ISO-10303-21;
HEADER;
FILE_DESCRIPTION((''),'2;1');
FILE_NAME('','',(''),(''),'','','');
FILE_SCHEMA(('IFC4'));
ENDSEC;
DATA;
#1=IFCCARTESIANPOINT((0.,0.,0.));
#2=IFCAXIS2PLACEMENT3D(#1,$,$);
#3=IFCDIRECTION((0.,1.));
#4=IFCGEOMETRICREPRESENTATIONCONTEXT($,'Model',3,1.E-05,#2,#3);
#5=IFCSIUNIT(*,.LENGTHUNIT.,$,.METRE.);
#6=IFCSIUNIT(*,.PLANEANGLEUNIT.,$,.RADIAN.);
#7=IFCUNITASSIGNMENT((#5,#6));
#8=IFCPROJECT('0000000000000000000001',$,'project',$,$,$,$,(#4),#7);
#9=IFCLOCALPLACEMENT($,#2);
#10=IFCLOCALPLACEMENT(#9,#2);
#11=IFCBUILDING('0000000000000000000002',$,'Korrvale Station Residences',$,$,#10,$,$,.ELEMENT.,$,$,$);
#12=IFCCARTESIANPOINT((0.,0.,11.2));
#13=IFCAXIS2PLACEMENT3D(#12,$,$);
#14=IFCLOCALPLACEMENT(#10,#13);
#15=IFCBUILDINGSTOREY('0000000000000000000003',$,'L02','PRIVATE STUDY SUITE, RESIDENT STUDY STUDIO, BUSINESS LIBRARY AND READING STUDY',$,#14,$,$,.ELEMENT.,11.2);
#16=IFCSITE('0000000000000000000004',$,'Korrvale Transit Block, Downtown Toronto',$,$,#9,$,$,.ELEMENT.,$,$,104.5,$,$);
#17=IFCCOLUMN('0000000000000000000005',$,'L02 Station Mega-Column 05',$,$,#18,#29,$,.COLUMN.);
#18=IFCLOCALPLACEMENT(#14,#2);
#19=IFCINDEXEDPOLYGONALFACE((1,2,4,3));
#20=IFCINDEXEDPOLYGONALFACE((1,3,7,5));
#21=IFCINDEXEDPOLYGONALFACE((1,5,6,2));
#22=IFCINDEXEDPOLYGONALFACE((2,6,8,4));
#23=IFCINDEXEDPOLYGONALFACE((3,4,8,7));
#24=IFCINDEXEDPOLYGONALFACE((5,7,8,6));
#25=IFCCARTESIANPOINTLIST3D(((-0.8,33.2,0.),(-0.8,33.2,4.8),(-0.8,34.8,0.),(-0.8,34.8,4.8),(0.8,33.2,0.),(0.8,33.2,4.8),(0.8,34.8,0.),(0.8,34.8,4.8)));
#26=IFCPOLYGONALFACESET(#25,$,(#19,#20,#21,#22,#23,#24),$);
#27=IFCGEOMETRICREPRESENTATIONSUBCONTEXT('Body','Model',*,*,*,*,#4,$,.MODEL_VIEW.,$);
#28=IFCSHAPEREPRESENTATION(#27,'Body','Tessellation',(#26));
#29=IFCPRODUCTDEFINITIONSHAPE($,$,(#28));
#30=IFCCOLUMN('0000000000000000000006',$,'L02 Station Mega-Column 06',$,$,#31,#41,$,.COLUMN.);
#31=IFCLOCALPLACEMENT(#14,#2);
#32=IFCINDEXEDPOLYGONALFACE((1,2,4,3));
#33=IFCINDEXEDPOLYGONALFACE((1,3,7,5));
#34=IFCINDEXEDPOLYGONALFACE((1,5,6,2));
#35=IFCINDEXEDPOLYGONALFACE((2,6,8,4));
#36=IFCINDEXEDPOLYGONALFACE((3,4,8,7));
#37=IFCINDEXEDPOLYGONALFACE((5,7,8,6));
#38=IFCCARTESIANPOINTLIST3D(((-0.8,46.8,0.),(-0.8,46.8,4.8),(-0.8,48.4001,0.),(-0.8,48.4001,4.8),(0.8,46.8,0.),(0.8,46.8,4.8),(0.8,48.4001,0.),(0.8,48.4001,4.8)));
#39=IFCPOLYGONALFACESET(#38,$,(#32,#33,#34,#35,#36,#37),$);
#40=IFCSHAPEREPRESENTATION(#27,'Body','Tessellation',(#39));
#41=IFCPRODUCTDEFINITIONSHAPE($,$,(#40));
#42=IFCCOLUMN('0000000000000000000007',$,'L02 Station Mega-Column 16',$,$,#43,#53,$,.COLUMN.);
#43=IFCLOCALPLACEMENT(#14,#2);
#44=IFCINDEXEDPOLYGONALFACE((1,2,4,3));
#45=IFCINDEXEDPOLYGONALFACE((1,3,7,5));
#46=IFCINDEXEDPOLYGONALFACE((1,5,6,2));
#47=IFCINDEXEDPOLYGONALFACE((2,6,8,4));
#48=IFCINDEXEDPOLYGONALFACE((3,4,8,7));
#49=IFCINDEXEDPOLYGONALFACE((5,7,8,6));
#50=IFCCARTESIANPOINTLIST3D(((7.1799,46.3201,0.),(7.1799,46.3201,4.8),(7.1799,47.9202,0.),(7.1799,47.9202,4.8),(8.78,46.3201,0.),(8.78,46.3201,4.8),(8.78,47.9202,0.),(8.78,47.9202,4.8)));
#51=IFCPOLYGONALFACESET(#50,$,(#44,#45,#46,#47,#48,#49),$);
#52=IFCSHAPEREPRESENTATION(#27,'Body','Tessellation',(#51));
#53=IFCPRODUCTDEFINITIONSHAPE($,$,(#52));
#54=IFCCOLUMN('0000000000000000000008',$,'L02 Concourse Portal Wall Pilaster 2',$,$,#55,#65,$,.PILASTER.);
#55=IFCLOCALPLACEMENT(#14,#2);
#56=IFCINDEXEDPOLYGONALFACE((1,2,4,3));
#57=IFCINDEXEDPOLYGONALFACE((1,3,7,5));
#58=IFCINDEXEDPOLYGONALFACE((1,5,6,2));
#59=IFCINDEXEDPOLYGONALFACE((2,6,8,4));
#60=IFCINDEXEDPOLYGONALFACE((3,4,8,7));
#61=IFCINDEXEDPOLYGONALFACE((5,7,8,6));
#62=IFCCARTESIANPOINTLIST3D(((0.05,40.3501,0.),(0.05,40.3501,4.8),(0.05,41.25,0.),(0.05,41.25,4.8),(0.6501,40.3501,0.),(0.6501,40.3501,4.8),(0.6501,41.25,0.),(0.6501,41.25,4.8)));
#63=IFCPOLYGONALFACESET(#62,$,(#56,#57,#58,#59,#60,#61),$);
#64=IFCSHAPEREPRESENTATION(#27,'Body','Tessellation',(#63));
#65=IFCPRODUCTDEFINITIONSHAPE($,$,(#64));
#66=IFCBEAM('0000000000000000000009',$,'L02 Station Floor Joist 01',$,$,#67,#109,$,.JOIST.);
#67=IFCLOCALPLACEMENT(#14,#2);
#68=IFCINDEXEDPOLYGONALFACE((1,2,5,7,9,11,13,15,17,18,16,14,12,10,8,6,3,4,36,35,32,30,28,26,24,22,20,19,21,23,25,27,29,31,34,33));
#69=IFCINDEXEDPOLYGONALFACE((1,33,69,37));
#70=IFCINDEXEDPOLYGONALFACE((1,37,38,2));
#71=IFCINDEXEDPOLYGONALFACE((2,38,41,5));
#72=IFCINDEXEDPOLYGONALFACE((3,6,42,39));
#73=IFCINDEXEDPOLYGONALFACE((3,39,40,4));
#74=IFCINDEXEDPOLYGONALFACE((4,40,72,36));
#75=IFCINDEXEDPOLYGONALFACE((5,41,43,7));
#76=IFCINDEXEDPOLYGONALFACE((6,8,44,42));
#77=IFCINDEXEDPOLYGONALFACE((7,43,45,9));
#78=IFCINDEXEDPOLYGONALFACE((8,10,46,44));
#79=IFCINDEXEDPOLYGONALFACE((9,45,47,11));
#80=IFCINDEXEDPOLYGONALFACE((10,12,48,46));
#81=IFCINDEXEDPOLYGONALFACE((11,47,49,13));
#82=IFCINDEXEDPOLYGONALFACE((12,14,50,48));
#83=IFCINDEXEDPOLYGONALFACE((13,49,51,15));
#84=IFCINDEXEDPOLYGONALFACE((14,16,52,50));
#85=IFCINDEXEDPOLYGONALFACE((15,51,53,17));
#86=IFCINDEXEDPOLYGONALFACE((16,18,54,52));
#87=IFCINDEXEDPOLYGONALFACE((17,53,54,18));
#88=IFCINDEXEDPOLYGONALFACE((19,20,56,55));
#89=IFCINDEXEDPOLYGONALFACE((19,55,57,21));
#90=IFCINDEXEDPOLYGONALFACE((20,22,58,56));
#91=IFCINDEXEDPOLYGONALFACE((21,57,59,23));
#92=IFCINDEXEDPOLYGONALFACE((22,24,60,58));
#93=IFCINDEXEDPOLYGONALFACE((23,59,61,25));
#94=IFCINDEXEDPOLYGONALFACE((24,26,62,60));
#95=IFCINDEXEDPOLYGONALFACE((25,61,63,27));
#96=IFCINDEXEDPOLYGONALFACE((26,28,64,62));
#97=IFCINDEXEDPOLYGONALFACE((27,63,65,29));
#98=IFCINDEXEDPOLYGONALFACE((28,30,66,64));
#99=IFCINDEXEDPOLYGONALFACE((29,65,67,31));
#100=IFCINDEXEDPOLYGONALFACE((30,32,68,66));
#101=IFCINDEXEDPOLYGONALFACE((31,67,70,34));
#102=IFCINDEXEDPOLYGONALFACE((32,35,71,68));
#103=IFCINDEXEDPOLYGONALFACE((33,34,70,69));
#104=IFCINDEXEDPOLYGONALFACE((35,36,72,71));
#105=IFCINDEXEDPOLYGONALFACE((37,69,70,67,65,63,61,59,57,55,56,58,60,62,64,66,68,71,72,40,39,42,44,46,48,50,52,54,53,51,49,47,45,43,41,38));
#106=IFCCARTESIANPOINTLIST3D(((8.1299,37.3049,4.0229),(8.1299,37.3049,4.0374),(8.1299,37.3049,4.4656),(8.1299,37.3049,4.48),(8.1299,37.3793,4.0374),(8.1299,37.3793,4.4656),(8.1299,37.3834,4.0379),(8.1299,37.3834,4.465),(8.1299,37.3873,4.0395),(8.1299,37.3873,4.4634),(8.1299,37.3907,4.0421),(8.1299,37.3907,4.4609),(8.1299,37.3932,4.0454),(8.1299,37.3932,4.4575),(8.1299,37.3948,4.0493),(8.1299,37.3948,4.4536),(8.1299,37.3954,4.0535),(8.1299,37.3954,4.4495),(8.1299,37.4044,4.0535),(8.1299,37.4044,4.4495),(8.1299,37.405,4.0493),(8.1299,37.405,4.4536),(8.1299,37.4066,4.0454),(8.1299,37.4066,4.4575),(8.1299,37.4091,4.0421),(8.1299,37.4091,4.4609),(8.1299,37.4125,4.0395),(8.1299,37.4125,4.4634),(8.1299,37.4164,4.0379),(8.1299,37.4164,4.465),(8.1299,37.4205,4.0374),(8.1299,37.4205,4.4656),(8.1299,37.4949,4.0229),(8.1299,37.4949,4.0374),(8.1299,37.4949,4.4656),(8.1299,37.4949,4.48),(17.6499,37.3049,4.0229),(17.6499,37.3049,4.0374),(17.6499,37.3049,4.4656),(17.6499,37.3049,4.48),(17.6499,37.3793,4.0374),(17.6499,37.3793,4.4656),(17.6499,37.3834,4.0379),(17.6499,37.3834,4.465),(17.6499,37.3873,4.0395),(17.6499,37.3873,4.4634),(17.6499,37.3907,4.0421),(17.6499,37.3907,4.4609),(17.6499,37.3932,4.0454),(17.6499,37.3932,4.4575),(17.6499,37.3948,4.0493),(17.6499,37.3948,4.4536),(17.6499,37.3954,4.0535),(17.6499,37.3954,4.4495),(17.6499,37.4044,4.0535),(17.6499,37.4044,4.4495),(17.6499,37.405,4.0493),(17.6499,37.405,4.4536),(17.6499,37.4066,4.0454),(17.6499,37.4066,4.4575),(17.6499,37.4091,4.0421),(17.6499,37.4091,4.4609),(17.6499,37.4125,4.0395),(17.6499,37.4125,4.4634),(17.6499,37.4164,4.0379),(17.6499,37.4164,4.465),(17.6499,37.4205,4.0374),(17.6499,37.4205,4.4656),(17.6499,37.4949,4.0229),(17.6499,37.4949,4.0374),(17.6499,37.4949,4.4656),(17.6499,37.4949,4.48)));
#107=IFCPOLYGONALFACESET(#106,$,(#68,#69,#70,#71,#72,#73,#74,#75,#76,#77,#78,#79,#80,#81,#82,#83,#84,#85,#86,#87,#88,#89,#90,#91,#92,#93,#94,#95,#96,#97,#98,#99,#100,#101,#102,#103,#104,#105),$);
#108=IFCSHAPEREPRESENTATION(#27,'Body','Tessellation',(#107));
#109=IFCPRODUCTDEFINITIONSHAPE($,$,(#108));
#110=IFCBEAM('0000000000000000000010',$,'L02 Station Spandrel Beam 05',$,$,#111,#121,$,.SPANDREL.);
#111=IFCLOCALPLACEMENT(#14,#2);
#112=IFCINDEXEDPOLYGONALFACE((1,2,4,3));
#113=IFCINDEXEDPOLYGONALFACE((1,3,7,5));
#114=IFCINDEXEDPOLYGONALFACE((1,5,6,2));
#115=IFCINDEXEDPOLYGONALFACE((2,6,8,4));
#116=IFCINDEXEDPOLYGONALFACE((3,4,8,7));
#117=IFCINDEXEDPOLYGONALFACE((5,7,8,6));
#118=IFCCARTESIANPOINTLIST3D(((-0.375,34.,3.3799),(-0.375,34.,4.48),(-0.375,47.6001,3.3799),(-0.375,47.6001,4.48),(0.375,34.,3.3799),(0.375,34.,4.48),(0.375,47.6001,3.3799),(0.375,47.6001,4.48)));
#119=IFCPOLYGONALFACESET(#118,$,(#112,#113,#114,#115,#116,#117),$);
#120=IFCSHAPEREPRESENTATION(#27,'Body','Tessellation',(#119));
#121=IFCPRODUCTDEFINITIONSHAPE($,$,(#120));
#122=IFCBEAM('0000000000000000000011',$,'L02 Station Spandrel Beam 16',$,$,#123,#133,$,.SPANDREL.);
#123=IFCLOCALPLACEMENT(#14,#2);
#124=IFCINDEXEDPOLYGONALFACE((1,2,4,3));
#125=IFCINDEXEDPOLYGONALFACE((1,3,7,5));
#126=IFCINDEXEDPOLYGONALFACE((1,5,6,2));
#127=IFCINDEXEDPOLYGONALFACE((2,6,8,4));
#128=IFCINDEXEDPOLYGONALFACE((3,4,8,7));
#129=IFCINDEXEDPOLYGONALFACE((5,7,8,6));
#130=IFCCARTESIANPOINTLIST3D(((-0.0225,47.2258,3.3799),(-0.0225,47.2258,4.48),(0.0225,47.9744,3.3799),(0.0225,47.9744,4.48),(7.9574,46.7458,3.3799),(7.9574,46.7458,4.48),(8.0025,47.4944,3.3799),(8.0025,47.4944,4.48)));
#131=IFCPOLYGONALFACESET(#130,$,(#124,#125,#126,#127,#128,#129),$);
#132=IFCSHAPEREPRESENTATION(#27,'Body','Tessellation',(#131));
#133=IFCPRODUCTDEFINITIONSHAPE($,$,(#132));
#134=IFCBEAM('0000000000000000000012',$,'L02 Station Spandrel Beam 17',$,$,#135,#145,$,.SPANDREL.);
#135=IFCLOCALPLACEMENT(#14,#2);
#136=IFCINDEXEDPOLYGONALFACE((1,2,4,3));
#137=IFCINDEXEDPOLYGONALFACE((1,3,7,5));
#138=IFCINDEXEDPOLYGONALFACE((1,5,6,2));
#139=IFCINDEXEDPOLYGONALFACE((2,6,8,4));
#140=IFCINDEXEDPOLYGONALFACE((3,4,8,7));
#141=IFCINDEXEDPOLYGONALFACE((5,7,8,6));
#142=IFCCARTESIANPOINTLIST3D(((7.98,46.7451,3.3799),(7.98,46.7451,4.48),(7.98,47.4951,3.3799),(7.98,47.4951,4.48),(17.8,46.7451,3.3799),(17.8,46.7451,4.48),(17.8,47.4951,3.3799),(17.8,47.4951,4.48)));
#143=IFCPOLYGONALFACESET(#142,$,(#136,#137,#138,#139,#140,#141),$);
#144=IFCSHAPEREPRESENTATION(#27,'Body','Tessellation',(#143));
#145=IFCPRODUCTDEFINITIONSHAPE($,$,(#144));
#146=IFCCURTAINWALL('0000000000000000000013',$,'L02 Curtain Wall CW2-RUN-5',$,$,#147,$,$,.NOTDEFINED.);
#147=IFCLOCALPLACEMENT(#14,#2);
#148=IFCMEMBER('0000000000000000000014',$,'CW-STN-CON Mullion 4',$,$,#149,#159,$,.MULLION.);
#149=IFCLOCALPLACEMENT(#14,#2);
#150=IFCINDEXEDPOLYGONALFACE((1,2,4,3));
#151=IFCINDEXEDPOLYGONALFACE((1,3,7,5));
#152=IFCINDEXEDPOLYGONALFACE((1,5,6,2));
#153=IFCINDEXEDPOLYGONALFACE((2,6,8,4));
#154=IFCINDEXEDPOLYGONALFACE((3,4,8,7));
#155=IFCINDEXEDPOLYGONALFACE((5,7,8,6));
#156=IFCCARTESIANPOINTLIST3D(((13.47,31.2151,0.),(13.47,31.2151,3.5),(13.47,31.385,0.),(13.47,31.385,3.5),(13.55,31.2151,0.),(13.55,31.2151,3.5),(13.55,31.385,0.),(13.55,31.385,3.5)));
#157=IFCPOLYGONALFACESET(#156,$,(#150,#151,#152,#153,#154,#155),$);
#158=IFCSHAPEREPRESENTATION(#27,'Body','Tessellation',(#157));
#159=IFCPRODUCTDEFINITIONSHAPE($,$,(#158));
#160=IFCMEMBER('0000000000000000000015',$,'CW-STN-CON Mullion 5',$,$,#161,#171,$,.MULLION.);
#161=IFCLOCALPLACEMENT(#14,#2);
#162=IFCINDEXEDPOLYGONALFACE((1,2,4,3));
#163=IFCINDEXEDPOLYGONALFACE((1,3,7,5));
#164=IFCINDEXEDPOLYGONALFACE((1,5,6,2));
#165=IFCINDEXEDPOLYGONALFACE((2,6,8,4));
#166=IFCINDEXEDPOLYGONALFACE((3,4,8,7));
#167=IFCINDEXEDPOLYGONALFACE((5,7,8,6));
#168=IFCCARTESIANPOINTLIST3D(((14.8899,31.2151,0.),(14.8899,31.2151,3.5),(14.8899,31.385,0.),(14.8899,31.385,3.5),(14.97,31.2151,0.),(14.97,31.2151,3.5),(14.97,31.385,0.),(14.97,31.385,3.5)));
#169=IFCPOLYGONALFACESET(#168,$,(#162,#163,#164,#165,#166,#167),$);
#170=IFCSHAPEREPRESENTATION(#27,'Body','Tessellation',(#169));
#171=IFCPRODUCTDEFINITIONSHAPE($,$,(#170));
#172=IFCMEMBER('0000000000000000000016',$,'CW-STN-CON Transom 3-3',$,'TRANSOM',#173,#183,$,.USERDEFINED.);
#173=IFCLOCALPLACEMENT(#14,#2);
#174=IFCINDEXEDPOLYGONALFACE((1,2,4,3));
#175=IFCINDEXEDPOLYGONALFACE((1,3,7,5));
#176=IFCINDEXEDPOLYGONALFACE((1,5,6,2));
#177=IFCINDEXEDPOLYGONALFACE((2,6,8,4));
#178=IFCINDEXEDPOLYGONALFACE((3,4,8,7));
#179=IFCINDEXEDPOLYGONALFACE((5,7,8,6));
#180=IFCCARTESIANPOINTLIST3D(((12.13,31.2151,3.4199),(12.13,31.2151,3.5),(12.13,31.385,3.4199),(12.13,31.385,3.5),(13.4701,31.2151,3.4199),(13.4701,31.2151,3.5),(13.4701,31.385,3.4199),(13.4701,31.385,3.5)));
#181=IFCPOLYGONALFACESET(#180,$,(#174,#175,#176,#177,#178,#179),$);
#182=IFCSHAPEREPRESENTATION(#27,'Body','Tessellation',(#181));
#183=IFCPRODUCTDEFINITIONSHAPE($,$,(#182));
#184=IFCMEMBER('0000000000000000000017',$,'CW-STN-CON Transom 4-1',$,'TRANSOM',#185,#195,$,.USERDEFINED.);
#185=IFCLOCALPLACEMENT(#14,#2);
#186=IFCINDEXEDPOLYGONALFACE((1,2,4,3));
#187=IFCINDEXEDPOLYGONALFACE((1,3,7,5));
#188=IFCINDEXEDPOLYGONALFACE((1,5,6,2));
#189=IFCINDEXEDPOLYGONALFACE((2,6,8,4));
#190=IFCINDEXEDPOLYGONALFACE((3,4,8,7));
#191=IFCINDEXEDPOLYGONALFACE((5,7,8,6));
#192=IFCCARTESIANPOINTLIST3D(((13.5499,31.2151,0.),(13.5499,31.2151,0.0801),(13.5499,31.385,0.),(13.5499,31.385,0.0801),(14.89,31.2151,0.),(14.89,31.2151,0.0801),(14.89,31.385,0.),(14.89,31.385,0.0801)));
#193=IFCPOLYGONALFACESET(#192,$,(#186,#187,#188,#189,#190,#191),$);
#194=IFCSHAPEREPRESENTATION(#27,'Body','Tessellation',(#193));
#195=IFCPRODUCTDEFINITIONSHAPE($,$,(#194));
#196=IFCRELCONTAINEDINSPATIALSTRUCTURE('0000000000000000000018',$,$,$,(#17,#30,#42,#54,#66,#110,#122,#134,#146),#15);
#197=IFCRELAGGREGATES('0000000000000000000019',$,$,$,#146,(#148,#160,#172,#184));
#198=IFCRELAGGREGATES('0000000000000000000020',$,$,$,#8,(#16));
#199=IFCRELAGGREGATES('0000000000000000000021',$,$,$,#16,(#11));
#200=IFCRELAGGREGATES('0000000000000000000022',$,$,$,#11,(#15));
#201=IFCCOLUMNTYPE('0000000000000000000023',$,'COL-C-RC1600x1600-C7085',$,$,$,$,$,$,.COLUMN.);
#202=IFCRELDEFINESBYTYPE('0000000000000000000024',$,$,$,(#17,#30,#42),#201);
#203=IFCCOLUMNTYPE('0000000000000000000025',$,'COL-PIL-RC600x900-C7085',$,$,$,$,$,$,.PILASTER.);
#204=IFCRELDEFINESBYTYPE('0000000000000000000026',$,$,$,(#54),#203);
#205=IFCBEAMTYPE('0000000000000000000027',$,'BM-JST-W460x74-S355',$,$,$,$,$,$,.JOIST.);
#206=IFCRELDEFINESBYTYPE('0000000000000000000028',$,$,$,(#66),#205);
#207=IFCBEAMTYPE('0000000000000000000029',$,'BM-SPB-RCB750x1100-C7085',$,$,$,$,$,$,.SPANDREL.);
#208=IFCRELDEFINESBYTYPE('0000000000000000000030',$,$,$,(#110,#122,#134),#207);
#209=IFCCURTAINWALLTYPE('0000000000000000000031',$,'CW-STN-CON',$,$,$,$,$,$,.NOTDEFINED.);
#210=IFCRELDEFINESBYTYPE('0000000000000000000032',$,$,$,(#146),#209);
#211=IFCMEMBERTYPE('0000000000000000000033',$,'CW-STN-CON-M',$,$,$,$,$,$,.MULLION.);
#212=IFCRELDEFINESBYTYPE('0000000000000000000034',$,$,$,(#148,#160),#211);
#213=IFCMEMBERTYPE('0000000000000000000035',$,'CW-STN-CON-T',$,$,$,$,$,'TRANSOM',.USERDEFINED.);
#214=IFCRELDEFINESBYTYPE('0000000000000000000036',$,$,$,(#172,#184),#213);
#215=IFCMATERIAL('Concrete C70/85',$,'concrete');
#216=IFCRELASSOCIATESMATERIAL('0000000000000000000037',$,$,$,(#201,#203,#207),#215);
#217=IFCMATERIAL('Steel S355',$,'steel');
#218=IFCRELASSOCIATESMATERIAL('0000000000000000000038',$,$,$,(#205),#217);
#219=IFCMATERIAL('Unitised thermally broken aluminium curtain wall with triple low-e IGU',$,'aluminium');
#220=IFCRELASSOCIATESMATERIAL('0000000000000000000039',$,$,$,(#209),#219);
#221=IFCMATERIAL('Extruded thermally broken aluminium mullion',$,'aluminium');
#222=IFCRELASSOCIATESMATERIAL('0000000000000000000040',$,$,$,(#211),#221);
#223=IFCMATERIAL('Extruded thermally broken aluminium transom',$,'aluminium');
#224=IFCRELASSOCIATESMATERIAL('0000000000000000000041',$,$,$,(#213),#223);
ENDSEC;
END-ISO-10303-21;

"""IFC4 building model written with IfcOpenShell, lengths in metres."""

from ifc_helpers import new_model, si_unit, direction, frame, origin, origin_2d, place, context, subcontext, project, spatial, rectangle, i_section, extrude, material, material_profile, profile_set, type_object, element, aggregate, save


model = new_model("IFC4")

# Units and contexts
model_context = context("Model", 3, precision=1e-05, world=origin(), true_north=direction((0.0, 1.0)))
body_context = subcontext(model_context, "Body", "Model", "MODEL_VIEW")
ifc_project = project(units=[si_unit("LENGTHUNIT", "METRE"), si_unit("PLANEANGLEUNIT", "RADIAN")], contexts=[model_context])

# Site, building, storey
site_placement = place(None, origin())
site = spatial("IfcSite", under=ifc_project, at=site_placement, Name="Korrvale Transit Block, Downtown Toronto", CompositionType="ELEMENT", RefElevation=104.5)
building_placement = place(site_placement, origin())
building = spatial("IfcBuilding", under=site, at=building_placement, Name="Korrvale Station Residences", CompositionType="ELEMENT")
storey_placement = place(building_placement, frame((0.0, 0.0, 11.2)))
storey = spatial("IfcBuildingStorey", under=building, at=storey_placement, Name="L02", Description="PRIVATE STUDY SUITE, RESIDENT STUDY STUDIO, BUSINESS LIBRARY AND READING STUDY", CompositionType="ELEMENT", Elevation=11.2)

# Columns
ifc_material_1 = material(Name="Concrete C70/85", Category="concrete")
ifc_material_profile_1 = material_profile(ifc_material_1, rectangle(XDim=1.6001, YDim=1.6001, at=origin_2d()), Name="RC1600x1600")
ifc_profile_set_1 = profile_set([ifc_material_profile_1], Name="Concrete C70/85")
column_type_1 = type_object("IfcColumnType", Name="COL-C-RC1600x1600-C7085", PredefinedType="COLUMN", material=ifc_profile_set_1)
for number, where, z_axis, x_axis, name in (
    (1, (0.0, 34.0, 0.0), (0.0, 0.0, 1.0), (1.0, 0.0, 0.0), "L02 Station Mega-Column 05"),
    (2, (0.0, 47.6001, 0.0), (0.0, 0.0, 1.0), (1.0, 0.0, 0.0), "L02 Station Mega-Column 06"),
    (3, (7.98, 47.1201, 0.0), (0.0, 0.0, 1.0), (1.0, 0.0, 0.0), "L02 Station Mega-Column 16"),
):
    element("IfcColumn", number, at=place(storey_placement, frame(where, z_axis=z_axis, x_axis=x_axis)), inside=storey, type_object=column_type_1, Name=name, PredefinedType="COLUMN", context=body_context, shape_type="SweptSolid", body=[
        extrude(rectangle(XDim=1.6001, YDim=1.6001, at=origin_2d()), origin(), (0.0, 0.0, 1.0), 4.8),
    ])
ifc_material_profile_2 = material_profile(ifc_material_1, rectangle(XDim=0.6001, YDim=0.8999, at=origin_2d()), Name="RC600x900")
ifc_profile_set_2 = profile_set([ifc_material_profile_2], Name="Concrete C70/85")
column_type_2 = type_object("IfcColumnType", Name="COL-PIL-RC600x900-C7085", PredefinedType="PILASTER", material=ifc_profile_set_2)
column_placement = place(storey_placement, frame((0.3501, 40.8, 0.0), z_axis=(0.0, 0.0, 1.0), x_axis=(1.0, 0.0, 0.0)))
element("IfcColumn", 4, at=column_placement, inside=storey, type_object=column_type_2, Name="L02 Concourse Portal Wall Pilaster 2", PredefinedType="PILASTER", context=body_context, shape_type="SweptSolid", body=[
    extrude(rectangle(XDim=0.6001, YDim=0.8999, at=origin_2d()), origin(), (0.0, 0.0, 1.0), 4.8),
])

# Beams
ifc_material_2 = material(Name="Steel S355", Category="steel")
ifc_material_profile_3 = material_profile(ifc_material_2, i_section(OverallWidth=0.1899, OverallDepth=0.457, WebThickness=0.009, FlangeThickness=0.0144, FilletRadius=0.0161, at=origin_2d()), Name="W460x74")
ifc_profile_set_3 = profile_set([ifc_material_profile_3], Name="Steel S355")
beam_type_1 = type_object("IfcBeamType", Name="BM-JST-W460x74-S355", PredefinedType="JOIST", material=ifc_profile_set_3)
beam_1_placement = place(storey_placement, frame((8.1299, 37.3999, 4.2515), z_axis=(1.0, 0.0, 0.0), x_axis=(0.0, 1.0, 0.0)))
element("IfcBeam", 5, at=beam_1_placement, inside=storey, type_object=beam_type_1, Name="L02 Station Floor Joist 01", PredefinedType="JOIST", context=body_context, shape_type="SweptSolid", body=[
    extrude(i_section(OverallWidth=0.1899, OverallDepth=0.457, WebThickness=0.009, FlangeThickness=0.0144, FilletRadius=0.0161, at=origin_2d()), origin(), (0.0, 0.0, 1.0), 9.52),
])
ifc_material_profile_4 = material_profile(ifc_material_1, rectangle(XDim=0.75, YDim=1.1001, at=origin_2d()), Name="RCB750x1100")
ifc_profile_set_4 = profile_set([ifc_material_profile_4], Name="Concrete C70/85")
beam_type_2 = type_object("IfcBeamType", Name="BM-SPB-RCB750x1100-C7085", PredefinedType="SPANDREL", material=ifc_profile_set_4)
beam_2_placement = place(storey_placement, frame((0.0, 34.0, 3.9299), z_axis=(0.0, 1.0, 0.0), x_axis=(-1.0, 0.0, 0.0)))
element("IfcBeam", 6, at=beam_2_placement, inside=storey, type_object=beam_type_2, Name="L02 Station Spandrel Beam 05", PredefinedType="SPANDREL", context=body_context, shape_type="SweptSolid", body=[
    extrude(rectangle(XDim=0.75, YDim=1.1001, at=origin_2d()), origin(), (0.0, 0.0, 1.0), 13.6001),
])
beam_3_placement = place(storey_placement, frame((0.0, 47.6001, 3.9299), z_axis=(0.998196, -0.06004, 0.0), x_axis=(0.06004, 0.998196, 0.0)))
element("IfcBeam", 7, at=beam_3_placement, inside=storey, type_object=beam_type_2, Name="L02 Station Spandrel Beam 16", PredefinedType="SPANDREL", context=body_context, shape_type="SweptSolid", body=[
    extrude(rectangle(XDim=0.75, YDim=1.1001, at=origin_2d()), origin(), (0.0, 0.0, 1.0), 7.9944),
])
beam_4_placement = place(storey_placement, frame((7.98, 47.1201, 3.9299), z_axis=(1.0, 0.0, 0.0), x_axis=(0.0, 1.0, 0.0)))
element("IfcBeam", 8, at=beam_4_placement, inside=storey, type_object=beam_type_2, Name="L02 Station Spandrel Beam 17", PredefinedType="SPANDREL", context=body_context, shape_type="SweptSolid", body=[
    extrude(rectangle(XDim=0.75, YDim=1.1001, at=origin_2d()), origin(), (0.0, 0.0, 1.0), 9.8201),
])

# Curtain wall, members
ifc_material_3 = material(Name="Unitised thermally broken aluminium curtain wall with triple low-e IGU", Category="aluminium")
curtain_wall_type = type_object("IfcCurtainWallType", Name="CW-STN-CON", PredefinedType="NOTDEFINED", material=ifc_material_3)
curtain_wall_placement = place(storey_placement, origin())
curtain_wall = element("IfcCurtainWall", 9, at=curtain_wall_placement, inside=storey, type_object=curtain_wall_type, Name="L02 Curtain Wall CW2-RUN-5", PredefinedType="NOTDEFINED")
ifc_material_4 = material(Name="Extruded thermally broken aluminium mullion", Category="aluminium")
member_type_1 = type_object("IfcMemberType", Name="CW-STN-CON-M", PredefinedType="MULLION", material=ifc_material_4)
member_1_placement = place(storey_placement, frame((13.51, 31.3, 0.0), z_axis=(0.0, 0.0, 1.0), x_axis=(1.0, 0.0, 0.0)))
member_1 = element("IfcMember", 10, at=member_1_placement, type_object=member_type_1, Name="CW-STN-CON Mullion 4", PredefinedType="MULLION", context=body_context, shape_type="SweptSolid", body=[
    extrude(rectangle(XDim=0.0801, YDim=0.1699, at=origin_2d()), origin(), (0.0, 0.0, 1.0), 3.5),
])
member_2_placement = place(storey_placement, frame((14.9299, 31.3, 0.0), z_axis=(0.0, 0.0, 1.0), x_axis=(1.0, 0.0, 0.0)))
member_2 = element("IfcMember", 11, at=member_2_placement, type_object=member_type_1, Name="CW-STN-CON Mullion 5", PredefinedType="MULLION", context=body_context, shape_type="SweptSolid", body=[
    extrude(rectangle(XDim=0.0801, YDim=0.1699, at=origin_2d()), origin(), (0.0, 0.0, 1.0), 3.5),
])
ifc_material_5 = material(Name="Extruded thermally broken aluminium transom", Category="aluminium")
member_type_2 = type_object("IfcMemberType", Name="CW-STN-CON-T", ElementType="TRANSOM", PredefinedType="USERDEFINED", material=ifc_material_5)
member_3_placement = place(storey_placement, frame((12.8, 31.3, 3.4199), z_axis=(0.0, 0.0, 1.0), x_axis=(1.0, 0.0, 0.0)))
member_3 = element("IfcMember", 12, at=member_3_placement, type_object=member_type_2, Name="CW-STN-CON Transom 3-3", ObjectType="TRANSOM", PredefinedType="USERDEFINED", context=body_context, shape_type="SweptSolid", body=[
    extrude(rectangle(XDim=1.3401, YDim=0.1699, at=origin_2d()), origin(), (0.0, 0.0, 1.0), 0.0801),
])
member_4_placement = place(storey_placement, frame((14.22, 31.3, 0.0), z_axis=(0.0, 0.0, 1.0), x_axis=(1.0, 0.0, 0.0)))
member_4 = element("IfcMember", 13, at=member_4_placement, type_object=member_type_2, Name="CW-STN-CON Transom 4-1", ObjectType="TRANSOM", PredefinedType="USERDEFINED", context=body_context, shape_type="SweptSolid", body=[
    extrude(rectangle(XDim=1.3401, YDim=0.1699, at=origin_2d()), origin(), (0.0, 0.0, 1.0), 0.0801),
])
aggregate(curtain_wall, [member_1, member_2, member_3, member_4])

save(model, "model.ifc")
